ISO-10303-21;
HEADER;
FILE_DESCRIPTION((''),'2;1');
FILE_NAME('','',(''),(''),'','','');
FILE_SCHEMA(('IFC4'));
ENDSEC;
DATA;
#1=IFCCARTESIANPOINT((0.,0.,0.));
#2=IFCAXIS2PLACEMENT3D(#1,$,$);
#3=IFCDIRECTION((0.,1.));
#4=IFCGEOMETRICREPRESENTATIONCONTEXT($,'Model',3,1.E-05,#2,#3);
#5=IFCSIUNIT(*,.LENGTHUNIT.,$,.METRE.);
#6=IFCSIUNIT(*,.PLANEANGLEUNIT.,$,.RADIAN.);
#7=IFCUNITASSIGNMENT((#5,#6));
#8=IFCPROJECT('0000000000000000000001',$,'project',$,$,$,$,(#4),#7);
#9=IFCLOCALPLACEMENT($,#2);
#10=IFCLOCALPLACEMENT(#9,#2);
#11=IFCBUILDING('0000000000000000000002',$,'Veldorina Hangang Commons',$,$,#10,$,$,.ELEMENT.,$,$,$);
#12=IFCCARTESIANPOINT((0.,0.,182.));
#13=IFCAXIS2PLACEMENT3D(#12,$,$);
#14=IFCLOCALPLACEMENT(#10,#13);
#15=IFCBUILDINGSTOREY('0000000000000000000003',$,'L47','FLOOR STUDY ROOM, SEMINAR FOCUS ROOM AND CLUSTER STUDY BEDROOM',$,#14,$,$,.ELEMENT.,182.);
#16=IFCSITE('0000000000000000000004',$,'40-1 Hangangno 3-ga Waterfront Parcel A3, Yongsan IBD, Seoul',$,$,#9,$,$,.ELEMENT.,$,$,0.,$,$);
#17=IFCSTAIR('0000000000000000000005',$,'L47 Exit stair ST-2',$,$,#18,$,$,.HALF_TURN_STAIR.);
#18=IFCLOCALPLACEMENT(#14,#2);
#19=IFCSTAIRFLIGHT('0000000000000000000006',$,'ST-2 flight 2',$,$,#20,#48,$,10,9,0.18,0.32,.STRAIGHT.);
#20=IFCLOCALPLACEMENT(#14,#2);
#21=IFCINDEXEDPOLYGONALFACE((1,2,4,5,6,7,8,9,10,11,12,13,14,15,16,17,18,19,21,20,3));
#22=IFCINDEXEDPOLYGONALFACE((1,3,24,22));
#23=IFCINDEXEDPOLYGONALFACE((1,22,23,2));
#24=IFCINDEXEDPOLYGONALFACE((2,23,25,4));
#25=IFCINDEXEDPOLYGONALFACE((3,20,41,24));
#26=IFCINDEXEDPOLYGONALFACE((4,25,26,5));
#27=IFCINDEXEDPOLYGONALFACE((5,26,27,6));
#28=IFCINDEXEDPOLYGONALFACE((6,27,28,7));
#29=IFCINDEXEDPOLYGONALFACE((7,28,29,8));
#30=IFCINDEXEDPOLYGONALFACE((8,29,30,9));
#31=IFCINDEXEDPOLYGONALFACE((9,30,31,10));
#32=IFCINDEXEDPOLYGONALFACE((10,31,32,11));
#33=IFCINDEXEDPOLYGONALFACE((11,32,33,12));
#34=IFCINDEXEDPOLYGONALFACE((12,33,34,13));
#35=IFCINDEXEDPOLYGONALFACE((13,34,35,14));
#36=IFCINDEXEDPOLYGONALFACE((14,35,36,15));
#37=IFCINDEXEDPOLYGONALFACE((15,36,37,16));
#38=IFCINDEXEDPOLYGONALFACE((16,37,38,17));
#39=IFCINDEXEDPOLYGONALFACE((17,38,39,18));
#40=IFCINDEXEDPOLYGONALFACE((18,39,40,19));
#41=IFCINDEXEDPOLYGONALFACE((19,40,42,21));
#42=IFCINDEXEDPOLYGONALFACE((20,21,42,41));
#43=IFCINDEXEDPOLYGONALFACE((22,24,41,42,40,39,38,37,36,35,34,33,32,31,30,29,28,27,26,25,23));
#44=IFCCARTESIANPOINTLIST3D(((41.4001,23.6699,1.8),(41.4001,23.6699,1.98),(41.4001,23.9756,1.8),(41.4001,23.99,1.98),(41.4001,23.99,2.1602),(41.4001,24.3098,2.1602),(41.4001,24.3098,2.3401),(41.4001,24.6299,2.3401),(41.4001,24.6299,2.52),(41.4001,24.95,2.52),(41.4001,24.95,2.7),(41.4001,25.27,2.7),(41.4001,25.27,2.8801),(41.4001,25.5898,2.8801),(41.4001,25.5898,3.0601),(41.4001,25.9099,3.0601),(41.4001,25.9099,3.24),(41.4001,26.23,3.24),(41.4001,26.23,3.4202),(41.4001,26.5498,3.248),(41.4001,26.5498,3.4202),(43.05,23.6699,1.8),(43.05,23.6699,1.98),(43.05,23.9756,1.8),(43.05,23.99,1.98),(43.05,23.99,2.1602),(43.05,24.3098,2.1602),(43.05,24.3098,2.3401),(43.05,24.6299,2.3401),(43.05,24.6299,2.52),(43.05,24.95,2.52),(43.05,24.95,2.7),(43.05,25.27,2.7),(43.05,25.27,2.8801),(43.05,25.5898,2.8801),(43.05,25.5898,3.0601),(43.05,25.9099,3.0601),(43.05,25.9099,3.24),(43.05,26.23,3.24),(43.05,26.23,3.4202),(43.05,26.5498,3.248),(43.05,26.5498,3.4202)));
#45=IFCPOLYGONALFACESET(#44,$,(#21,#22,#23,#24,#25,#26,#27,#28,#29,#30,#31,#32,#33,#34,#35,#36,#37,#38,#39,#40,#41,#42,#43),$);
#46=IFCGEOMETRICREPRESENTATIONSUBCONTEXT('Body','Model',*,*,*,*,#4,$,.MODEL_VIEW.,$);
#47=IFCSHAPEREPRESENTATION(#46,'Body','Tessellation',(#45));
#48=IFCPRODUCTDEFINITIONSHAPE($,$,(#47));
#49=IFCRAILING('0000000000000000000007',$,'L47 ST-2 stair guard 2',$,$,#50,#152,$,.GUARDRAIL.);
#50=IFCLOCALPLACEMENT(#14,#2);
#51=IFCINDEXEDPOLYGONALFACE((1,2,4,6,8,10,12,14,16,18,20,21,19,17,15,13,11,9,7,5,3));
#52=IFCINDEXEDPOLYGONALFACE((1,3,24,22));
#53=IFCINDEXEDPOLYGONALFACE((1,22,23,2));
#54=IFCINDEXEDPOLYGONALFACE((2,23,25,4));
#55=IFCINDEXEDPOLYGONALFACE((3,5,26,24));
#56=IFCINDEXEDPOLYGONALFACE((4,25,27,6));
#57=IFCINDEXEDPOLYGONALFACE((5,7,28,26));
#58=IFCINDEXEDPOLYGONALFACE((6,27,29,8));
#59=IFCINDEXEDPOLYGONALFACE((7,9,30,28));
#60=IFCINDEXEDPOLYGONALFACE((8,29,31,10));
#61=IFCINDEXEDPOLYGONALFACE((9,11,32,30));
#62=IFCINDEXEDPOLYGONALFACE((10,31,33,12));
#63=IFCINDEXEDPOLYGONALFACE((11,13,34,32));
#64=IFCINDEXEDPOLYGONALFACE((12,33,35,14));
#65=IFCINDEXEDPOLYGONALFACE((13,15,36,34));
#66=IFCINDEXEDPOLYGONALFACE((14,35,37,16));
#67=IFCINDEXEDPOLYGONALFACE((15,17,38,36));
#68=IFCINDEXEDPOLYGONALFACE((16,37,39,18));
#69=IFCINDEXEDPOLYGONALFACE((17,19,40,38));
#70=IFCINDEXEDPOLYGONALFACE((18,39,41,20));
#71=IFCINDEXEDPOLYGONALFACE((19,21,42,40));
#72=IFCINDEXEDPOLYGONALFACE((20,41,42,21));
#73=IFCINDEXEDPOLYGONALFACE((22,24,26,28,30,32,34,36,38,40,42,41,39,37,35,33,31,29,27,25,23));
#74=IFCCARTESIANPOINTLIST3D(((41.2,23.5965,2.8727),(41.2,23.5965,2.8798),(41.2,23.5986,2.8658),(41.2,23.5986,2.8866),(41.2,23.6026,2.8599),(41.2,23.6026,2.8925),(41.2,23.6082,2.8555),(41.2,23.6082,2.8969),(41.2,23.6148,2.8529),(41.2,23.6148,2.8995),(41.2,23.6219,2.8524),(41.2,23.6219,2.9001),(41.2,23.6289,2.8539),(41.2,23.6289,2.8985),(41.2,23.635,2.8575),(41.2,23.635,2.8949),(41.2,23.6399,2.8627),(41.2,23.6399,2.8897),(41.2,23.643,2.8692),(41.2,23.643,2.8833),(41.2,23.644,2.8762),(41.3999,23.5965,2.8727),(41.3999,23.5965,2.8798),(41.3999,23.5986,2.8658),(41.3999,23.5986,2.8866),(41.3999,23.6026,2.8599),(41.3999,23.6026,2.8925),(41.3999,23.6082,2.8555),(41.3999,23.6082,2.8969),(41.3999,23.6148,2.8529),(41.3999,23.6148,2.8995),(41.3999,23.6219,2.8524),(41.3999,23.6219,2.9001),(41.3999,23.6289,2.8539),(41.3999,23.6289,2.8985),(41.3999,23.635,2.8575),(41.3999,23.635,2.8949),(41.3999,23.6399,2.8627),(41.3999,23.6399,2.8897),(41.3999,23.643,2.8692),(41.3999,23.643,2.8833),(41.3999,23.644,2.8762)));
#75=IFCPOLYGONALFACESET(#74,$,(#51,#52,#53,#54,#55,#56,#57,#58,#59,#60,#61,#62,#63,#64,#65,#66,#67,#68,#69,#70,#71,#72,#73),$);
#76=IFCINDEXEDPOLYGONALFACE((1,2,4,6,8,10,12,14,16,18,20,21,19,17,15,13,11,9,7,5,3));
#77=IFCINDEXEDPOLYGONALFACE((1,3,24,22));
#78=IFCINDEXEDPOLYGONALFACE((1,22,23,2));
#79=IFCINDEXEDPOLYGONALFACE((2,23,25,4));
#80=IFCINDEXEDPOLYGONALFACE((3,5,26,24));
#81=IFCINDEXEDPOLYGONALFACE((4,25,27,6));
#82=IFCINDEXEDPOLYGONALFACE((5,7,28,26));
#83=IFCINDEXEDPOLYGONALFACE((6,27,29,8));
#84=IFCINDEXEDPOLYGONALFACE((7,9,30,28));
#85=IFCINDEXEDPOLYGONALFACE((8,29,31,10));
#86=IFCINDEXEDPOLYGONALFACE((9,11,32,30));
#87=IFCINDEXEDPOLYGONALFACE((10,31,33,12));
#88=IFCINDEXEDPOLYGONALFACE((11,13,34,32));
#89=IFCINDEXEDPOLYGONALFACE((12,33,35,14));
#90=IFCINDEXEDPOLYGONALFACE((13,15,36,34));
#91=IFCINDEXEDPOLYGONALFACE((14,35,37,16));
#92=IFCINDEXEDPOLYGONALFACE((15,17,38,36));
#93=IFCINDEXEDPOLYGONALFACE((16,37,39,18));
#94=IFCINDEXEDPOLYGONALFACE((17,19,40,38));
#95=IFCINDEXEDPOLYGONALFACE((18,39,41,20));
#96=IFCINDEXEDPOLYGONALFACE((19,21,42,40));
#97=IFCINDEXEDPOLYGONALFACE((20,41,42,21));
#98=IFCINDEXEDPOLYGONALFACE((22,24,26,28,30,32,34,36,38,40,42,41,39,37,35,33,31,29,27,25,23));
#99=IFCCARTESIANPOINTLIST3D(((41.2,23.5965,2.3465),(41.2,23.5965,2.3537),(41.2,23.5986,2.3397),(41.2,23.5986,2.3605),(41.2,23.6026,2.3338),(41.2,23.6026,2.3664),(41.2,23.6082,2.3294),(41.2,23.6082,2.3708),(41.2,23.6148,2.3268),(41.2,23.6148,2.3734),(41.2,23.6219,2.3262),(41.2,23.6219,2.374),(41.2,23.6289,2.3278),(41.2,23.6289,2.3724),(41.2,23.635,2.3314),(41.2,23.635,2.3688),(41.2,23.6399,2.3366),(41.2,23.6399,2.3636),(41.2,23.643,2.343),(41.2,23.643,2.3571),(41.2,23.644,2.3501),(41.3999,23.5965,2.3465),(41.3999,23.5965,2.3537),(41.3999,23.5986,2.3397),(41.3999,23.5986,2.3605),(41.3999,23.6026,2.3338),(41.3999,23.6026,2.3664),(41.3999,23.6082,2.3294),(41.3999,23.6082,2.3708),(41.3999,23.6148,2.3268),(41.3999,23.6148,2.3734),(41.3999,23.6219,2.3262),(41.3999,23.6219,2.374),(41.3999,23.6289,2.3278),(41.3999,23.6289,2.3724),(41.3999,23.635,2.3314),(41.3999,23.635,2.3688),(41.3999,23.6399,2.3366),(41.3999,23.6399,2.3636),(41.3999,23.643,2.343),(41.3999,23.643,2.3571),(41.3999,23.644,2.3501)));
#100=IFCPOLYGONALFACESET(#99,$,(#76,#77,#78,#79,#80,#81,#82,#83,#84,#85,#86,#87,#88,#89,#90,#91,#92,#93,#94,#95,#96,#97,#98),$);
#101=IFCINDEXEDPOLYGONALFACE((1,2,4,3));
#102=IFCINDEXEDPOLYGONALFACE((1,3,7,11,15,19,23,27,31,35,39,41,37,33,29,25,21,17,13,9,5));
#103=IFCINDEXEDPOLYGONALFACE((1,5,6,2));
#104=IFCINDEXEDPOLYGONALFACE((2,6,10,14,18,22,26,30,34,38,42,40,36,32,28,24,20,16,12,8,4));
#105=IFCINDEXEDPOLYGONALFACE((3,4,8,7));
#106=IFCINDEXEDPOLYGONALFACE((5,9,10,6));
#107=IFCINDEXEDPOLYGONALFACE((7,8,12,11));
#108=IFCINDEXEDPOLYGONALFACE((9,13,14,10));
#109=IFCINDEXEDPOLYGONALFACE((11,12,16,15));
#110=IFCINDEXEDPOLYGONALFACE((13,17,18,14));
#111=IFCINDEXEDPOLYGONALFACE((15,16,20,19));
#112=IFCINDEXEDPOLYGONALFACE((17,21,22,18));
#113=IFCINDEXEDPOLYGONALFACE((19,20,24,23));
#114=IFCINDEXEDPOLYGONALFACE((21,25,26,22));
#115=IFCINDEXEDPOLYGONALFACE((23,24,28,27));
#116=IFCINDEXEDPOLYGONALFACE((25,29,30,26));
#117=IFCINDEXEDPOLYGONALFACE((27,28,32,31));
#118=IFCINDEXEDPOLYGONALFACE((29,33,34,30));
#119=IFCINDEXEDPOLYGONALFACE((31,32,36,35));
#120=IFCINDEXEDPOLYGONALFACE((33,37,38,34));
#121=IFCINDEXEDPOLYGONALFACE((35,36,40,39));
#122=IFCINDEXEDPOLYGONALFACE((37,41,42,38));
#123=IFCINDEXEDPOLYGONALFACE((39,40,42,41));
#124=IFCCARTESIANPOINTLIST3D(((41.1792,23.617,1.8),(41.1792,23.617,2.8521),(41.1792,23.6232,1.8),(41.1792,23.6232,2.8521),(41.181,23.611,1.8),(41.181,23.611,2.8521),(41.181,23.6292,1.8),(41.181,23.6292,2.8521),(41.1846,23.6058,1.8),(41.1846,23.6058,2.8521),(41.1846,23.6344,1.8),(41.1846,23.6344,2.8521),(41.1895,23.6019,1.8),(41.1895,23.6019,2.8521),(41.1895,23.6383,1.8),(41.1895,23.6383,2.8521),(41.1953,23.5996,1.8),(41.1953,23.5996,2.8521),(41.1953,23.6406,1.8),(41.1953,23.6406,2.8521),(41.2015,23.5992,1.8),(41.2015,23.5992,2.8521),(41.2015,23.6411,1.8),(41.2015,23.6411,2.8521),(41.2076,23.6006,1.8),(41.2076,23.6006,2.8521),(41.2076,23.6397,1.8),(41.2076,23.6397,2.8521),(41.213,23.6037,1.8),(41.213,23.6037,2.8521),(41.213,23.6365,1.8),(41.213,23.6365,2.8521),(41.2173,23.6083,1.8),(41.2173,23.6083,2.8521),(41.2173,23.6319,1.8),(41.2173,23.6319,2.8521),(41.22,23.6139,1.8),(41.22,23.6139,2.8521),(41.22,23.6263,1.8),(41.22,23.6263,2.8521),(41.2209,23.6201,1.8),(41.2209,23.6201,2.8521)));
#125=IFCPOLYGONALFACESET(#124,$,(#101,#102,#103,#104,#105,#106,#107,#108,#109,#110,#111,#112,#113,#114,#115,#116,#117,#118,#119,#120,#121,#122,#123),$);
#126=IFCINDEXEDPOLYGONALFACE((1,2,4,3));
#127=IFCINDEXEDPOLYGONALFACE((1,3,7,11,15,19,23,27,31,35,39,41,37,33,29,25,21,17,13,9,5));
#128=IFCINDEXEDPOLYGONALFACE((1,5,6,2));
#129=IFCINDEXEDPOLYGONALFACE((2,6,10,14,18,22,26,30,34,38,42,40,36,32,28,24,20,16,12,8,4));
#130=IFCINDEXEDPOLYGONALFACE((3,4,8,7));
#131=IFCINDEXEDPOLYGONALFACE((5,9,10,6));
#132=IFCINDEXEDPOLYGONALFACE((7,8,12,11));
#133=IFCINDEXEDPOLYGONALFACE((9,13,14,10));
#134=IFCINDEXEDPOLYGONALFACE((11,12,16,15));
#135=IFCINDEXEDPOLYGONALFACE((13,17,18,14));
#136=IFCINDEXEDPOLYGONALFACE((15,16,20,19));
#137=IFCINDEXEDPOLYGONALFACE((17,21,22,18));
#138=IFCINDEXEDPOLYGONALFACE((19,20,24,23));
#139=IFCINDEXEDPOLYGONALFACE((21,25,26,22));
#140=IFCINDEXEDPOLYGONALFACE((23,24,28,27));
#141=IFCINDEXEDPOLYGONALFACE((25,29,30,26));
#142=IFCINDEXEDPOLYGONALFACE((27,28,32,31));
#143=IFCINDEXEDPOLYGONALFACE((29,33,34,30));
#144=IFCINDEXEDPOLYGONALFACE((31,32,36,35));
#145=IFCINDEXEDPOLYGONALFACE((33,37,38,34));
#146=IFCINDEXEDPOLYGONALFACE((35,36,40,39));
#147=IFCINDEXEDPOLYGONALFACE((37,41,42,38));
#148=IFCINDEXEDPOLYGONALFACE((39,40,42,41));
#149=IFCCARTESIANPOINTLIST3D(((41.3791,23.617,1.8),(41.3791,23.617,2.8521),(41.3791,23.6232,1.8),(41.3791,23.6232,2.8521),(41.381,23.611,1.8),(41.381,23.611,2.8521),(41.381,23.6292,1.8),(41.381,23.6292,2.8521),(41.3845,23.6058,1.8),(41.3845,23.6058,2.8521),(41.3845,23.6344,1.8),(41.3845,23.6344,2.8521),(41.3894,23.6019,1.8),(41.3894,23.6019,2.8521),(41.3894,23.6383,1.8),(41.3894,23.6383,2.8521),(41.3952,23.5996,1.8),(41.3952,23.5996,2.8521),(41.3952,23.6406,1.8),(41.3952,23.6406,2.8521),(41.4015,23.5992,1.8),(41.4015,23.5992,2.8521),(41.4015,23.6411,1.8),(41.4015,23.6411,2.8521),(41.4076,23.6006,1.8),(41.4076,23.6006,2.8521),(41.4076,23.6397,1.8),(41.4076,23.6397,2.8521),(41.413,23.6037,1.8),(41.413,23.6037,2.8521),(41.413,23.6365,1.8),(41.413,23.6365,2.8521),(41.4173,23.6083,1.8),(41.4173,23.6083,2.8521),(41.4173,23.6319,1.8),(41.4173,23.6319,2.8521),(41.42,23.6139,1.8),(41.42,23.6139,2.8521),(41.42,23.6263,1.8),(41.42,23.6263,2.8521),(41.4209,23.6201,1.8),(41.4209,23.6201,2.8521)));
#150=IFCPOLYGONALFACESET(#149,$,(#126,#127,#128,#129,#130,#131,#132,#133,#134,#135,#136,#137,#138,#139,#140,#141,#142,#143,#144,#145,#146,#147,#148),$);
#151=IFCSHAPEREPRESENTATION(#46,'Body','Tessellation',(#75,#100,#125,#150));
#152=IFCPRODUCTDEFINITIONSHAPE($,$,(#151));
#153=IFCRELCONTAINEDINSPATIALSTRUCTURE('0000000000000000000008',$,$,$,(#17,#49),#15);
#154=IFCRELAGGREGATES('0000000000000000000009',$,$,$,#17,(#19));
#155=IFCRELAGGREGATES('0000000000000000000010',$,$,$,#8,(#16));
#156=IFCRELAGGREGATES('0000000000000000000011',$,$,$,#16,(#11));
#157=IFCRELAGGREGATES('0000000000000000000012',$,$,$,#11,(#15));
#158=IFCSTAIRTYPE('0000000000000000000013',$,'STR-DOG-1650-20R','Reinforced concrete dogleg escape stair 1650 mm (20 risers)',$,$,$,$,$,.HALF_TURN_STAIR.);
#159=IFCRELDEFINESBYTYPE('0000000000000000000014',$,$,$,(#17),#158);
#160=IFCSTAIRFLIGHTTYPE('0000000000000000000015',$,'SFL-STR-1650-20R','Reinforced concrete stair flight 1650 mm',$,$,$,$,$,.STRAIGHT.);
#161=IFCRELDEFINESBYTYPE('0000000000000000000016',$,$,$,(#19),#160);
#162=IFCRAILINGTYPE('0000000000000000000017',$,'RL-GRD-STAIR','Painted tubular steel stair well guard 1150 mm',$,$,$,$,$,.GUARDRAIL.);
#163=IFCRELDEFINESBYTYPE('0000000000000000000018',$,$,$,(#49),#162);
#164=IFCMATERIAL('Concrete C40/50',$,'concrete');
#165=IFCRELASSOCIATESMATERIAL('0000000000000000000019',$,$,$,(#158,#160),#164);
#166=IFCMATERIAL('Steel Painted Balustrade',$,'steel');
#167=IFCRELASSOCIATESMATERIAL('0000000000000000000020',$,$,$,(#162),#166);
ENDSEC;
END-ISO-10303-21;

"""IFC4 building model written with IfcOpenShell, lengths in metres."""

from ifc_helpers import new_model, si_unit, direction, frame, origin, origin_2d, place, context, subcontext, project, spatial, polyline, circle, outline, extrude, material, type_object, element, aggregate, save


model = new_model("IFC4")

# Units and contexts
model_context = context("Model", 3, precision=1e-05, world=origin(), true_north=direction((0.0, 1.0)))
body_context = subcontext(model_context, "Body", "Model", "MODEL_VIEW")
ifc_project = project(units=[si_unit("LENGTHUNIT", "METRE"), si_unit("PLANEANGLEUNIT", "RADIAN")], contexts=[model_context])

# Site, building, storey
site_placement = place(None, origin())
site = spatial("IfcSite", under=ifc_project, at=site_placement, Name="40-1 Hangangno 3-ga Waterfront Parcel A3, Yongsan IBD, Seoul", CompositionType="ELEMENT", RefElevation=0.0)
building_placement = place(site_placement, origin())
building = spatial("IfcBuilding", under=site, at=building_placement, Name="Veldorina Hangang Commons", CompositionType="ELEMENT")
storey_placement = place(building_placement, frame((0.0, 0.0, 182.0)))
storey = spatial("IfcBuildingStorey", under=building, at=storey_placement, Name="L47", Description="FLOOR STUDY ROOM, SEMINAR FOCUS ROOM AND CLUSTER STUDY BEDROOM", CompositionType="ELEMENT", Elevation=182.0)

# Stair, stair flight
ifc_material_1 = material(Name="Concrete C40/50", Category="concrete")
stair_type = type_object("IfcStairType", Name="STR-DOG-1650-20R", Description="Reinforced concrete dogleg escape stair 1650 mm (20 risers)", PredefinedType="HALF_TURN_STAIR", material=ifc_material_1)
stair_placement = place(storey_placement, origin())
stair = element("IfcStair", 1, at=stair_placement, inside=storey, type_object=stair_type, Name="L47 Exit stair ST-2", PredefinedType="HALF_TURN_STAIR")
stair_flight_type = type_object("IfcStairFlightType", Name="SFL-STR-1650-20R", Description="Reinforced concrete stair flight 1650 mm", PredefinedType="STRAIGHT", material=ifc_material_1)
stair_flight_placement = place(storey_placement, frame((42.2251, 23.6699, 1.8), z_axis=(0.0, 0.0, 1.0), x_axis=(0.0, 1.0, 0.0)))
stair_flight = element("IfcStairFlight", 2, at=stair_flight_placement, type_object=stair_flight_type, Name="ST-2 flight 2", NumberOfRisers=10, NumberOfTreads=9, PredefinedType="STRAIGHT", RiserHeight=0.18, TreadLength=0.32, context=body_context, shape_type="SweptSolid", body=[
    extrude(outline(polyline([(0.0, 0.0), (0.0, 0.1799), (0.3201, 0.1799), (0.3201, 0.3601), (0.6399, 0.3601), (0.6399, 0.54), (0.96, 0.54), (0.96, 0.72), (1.28, 0.72), (1.28, 0.8999), (1.6001, 0.8999), (1.6001, 1.0801), (1.9199, 1.0801), (1.9199, 1.26), (2.24, 1.26), (2.24, 1.4399), (2.5601, 1.4399), (2.5601, 1.6201), (2.8799, 1.6201), (2.8799, 1.8), (2.8799, 1.448), (0.3057, 0.0), (0.0, 0.0)])), frame((0.0, 0.825, 0.0), z_axis=(0.0, -1.0, 0.0), x_axis=(1.0, 0.0, 0.0)), (0.0, 0.0, 1.0), 1.6499),
])
aggregate(stair, [stair_flight])

# Railing
ifc_material_2 = material(Name="Steel Painted Balustrade", Category="steel")
railing_type_1 = type_object("IfcRailingType", Name="RL-GRD-STAIR", Description="Painted tubular steel stair well guard 1150 mm", PredefinedType="GUARDRAIL", material=ifc_material_2)
railing_1_placement = place(storey_placement, frame((41.2, 23.6201, 1.8)))
element("IfcRailing", 3, at=railing_1_placement, inside=storey, type_object=railing_type_1, Name="L47 ST-2 stair guard 2", PredefinedType="GUARDRAIL", context=body_context, shape_type="SweptSolid", body=[
    extrude(circle(Radius=0.0239, at=origin_2d()), frame((0.0, 0.0, 1.0762), z_axis=(1.0, 0.0, 0.0), x_axis=(0.0, 1.0, 0.0)), (0.0, 0.0, 1.0), 0.2),
    extrude(circle(Radius=0.0239, at=origin_2d()), frame((0.0, 0.0, 0.55), z_axis=(1.0, 0.0, 0.0), x_axis=(0.0, 1.0, 0.0)), (0.0, 0.0, 1.0), 0.2),
    extrude(circle(Radius=0.021, at=origin_2d()), origin(), (0.0, 0.0, 1.0), 1.052),
    extrude(circle(Radius=0.021, at=origin_2d()), frame((0.2, 0.0, 0.0)), (0.0, 0.0, 1.0), 1.052),
])

save(model, "model.ifc")
